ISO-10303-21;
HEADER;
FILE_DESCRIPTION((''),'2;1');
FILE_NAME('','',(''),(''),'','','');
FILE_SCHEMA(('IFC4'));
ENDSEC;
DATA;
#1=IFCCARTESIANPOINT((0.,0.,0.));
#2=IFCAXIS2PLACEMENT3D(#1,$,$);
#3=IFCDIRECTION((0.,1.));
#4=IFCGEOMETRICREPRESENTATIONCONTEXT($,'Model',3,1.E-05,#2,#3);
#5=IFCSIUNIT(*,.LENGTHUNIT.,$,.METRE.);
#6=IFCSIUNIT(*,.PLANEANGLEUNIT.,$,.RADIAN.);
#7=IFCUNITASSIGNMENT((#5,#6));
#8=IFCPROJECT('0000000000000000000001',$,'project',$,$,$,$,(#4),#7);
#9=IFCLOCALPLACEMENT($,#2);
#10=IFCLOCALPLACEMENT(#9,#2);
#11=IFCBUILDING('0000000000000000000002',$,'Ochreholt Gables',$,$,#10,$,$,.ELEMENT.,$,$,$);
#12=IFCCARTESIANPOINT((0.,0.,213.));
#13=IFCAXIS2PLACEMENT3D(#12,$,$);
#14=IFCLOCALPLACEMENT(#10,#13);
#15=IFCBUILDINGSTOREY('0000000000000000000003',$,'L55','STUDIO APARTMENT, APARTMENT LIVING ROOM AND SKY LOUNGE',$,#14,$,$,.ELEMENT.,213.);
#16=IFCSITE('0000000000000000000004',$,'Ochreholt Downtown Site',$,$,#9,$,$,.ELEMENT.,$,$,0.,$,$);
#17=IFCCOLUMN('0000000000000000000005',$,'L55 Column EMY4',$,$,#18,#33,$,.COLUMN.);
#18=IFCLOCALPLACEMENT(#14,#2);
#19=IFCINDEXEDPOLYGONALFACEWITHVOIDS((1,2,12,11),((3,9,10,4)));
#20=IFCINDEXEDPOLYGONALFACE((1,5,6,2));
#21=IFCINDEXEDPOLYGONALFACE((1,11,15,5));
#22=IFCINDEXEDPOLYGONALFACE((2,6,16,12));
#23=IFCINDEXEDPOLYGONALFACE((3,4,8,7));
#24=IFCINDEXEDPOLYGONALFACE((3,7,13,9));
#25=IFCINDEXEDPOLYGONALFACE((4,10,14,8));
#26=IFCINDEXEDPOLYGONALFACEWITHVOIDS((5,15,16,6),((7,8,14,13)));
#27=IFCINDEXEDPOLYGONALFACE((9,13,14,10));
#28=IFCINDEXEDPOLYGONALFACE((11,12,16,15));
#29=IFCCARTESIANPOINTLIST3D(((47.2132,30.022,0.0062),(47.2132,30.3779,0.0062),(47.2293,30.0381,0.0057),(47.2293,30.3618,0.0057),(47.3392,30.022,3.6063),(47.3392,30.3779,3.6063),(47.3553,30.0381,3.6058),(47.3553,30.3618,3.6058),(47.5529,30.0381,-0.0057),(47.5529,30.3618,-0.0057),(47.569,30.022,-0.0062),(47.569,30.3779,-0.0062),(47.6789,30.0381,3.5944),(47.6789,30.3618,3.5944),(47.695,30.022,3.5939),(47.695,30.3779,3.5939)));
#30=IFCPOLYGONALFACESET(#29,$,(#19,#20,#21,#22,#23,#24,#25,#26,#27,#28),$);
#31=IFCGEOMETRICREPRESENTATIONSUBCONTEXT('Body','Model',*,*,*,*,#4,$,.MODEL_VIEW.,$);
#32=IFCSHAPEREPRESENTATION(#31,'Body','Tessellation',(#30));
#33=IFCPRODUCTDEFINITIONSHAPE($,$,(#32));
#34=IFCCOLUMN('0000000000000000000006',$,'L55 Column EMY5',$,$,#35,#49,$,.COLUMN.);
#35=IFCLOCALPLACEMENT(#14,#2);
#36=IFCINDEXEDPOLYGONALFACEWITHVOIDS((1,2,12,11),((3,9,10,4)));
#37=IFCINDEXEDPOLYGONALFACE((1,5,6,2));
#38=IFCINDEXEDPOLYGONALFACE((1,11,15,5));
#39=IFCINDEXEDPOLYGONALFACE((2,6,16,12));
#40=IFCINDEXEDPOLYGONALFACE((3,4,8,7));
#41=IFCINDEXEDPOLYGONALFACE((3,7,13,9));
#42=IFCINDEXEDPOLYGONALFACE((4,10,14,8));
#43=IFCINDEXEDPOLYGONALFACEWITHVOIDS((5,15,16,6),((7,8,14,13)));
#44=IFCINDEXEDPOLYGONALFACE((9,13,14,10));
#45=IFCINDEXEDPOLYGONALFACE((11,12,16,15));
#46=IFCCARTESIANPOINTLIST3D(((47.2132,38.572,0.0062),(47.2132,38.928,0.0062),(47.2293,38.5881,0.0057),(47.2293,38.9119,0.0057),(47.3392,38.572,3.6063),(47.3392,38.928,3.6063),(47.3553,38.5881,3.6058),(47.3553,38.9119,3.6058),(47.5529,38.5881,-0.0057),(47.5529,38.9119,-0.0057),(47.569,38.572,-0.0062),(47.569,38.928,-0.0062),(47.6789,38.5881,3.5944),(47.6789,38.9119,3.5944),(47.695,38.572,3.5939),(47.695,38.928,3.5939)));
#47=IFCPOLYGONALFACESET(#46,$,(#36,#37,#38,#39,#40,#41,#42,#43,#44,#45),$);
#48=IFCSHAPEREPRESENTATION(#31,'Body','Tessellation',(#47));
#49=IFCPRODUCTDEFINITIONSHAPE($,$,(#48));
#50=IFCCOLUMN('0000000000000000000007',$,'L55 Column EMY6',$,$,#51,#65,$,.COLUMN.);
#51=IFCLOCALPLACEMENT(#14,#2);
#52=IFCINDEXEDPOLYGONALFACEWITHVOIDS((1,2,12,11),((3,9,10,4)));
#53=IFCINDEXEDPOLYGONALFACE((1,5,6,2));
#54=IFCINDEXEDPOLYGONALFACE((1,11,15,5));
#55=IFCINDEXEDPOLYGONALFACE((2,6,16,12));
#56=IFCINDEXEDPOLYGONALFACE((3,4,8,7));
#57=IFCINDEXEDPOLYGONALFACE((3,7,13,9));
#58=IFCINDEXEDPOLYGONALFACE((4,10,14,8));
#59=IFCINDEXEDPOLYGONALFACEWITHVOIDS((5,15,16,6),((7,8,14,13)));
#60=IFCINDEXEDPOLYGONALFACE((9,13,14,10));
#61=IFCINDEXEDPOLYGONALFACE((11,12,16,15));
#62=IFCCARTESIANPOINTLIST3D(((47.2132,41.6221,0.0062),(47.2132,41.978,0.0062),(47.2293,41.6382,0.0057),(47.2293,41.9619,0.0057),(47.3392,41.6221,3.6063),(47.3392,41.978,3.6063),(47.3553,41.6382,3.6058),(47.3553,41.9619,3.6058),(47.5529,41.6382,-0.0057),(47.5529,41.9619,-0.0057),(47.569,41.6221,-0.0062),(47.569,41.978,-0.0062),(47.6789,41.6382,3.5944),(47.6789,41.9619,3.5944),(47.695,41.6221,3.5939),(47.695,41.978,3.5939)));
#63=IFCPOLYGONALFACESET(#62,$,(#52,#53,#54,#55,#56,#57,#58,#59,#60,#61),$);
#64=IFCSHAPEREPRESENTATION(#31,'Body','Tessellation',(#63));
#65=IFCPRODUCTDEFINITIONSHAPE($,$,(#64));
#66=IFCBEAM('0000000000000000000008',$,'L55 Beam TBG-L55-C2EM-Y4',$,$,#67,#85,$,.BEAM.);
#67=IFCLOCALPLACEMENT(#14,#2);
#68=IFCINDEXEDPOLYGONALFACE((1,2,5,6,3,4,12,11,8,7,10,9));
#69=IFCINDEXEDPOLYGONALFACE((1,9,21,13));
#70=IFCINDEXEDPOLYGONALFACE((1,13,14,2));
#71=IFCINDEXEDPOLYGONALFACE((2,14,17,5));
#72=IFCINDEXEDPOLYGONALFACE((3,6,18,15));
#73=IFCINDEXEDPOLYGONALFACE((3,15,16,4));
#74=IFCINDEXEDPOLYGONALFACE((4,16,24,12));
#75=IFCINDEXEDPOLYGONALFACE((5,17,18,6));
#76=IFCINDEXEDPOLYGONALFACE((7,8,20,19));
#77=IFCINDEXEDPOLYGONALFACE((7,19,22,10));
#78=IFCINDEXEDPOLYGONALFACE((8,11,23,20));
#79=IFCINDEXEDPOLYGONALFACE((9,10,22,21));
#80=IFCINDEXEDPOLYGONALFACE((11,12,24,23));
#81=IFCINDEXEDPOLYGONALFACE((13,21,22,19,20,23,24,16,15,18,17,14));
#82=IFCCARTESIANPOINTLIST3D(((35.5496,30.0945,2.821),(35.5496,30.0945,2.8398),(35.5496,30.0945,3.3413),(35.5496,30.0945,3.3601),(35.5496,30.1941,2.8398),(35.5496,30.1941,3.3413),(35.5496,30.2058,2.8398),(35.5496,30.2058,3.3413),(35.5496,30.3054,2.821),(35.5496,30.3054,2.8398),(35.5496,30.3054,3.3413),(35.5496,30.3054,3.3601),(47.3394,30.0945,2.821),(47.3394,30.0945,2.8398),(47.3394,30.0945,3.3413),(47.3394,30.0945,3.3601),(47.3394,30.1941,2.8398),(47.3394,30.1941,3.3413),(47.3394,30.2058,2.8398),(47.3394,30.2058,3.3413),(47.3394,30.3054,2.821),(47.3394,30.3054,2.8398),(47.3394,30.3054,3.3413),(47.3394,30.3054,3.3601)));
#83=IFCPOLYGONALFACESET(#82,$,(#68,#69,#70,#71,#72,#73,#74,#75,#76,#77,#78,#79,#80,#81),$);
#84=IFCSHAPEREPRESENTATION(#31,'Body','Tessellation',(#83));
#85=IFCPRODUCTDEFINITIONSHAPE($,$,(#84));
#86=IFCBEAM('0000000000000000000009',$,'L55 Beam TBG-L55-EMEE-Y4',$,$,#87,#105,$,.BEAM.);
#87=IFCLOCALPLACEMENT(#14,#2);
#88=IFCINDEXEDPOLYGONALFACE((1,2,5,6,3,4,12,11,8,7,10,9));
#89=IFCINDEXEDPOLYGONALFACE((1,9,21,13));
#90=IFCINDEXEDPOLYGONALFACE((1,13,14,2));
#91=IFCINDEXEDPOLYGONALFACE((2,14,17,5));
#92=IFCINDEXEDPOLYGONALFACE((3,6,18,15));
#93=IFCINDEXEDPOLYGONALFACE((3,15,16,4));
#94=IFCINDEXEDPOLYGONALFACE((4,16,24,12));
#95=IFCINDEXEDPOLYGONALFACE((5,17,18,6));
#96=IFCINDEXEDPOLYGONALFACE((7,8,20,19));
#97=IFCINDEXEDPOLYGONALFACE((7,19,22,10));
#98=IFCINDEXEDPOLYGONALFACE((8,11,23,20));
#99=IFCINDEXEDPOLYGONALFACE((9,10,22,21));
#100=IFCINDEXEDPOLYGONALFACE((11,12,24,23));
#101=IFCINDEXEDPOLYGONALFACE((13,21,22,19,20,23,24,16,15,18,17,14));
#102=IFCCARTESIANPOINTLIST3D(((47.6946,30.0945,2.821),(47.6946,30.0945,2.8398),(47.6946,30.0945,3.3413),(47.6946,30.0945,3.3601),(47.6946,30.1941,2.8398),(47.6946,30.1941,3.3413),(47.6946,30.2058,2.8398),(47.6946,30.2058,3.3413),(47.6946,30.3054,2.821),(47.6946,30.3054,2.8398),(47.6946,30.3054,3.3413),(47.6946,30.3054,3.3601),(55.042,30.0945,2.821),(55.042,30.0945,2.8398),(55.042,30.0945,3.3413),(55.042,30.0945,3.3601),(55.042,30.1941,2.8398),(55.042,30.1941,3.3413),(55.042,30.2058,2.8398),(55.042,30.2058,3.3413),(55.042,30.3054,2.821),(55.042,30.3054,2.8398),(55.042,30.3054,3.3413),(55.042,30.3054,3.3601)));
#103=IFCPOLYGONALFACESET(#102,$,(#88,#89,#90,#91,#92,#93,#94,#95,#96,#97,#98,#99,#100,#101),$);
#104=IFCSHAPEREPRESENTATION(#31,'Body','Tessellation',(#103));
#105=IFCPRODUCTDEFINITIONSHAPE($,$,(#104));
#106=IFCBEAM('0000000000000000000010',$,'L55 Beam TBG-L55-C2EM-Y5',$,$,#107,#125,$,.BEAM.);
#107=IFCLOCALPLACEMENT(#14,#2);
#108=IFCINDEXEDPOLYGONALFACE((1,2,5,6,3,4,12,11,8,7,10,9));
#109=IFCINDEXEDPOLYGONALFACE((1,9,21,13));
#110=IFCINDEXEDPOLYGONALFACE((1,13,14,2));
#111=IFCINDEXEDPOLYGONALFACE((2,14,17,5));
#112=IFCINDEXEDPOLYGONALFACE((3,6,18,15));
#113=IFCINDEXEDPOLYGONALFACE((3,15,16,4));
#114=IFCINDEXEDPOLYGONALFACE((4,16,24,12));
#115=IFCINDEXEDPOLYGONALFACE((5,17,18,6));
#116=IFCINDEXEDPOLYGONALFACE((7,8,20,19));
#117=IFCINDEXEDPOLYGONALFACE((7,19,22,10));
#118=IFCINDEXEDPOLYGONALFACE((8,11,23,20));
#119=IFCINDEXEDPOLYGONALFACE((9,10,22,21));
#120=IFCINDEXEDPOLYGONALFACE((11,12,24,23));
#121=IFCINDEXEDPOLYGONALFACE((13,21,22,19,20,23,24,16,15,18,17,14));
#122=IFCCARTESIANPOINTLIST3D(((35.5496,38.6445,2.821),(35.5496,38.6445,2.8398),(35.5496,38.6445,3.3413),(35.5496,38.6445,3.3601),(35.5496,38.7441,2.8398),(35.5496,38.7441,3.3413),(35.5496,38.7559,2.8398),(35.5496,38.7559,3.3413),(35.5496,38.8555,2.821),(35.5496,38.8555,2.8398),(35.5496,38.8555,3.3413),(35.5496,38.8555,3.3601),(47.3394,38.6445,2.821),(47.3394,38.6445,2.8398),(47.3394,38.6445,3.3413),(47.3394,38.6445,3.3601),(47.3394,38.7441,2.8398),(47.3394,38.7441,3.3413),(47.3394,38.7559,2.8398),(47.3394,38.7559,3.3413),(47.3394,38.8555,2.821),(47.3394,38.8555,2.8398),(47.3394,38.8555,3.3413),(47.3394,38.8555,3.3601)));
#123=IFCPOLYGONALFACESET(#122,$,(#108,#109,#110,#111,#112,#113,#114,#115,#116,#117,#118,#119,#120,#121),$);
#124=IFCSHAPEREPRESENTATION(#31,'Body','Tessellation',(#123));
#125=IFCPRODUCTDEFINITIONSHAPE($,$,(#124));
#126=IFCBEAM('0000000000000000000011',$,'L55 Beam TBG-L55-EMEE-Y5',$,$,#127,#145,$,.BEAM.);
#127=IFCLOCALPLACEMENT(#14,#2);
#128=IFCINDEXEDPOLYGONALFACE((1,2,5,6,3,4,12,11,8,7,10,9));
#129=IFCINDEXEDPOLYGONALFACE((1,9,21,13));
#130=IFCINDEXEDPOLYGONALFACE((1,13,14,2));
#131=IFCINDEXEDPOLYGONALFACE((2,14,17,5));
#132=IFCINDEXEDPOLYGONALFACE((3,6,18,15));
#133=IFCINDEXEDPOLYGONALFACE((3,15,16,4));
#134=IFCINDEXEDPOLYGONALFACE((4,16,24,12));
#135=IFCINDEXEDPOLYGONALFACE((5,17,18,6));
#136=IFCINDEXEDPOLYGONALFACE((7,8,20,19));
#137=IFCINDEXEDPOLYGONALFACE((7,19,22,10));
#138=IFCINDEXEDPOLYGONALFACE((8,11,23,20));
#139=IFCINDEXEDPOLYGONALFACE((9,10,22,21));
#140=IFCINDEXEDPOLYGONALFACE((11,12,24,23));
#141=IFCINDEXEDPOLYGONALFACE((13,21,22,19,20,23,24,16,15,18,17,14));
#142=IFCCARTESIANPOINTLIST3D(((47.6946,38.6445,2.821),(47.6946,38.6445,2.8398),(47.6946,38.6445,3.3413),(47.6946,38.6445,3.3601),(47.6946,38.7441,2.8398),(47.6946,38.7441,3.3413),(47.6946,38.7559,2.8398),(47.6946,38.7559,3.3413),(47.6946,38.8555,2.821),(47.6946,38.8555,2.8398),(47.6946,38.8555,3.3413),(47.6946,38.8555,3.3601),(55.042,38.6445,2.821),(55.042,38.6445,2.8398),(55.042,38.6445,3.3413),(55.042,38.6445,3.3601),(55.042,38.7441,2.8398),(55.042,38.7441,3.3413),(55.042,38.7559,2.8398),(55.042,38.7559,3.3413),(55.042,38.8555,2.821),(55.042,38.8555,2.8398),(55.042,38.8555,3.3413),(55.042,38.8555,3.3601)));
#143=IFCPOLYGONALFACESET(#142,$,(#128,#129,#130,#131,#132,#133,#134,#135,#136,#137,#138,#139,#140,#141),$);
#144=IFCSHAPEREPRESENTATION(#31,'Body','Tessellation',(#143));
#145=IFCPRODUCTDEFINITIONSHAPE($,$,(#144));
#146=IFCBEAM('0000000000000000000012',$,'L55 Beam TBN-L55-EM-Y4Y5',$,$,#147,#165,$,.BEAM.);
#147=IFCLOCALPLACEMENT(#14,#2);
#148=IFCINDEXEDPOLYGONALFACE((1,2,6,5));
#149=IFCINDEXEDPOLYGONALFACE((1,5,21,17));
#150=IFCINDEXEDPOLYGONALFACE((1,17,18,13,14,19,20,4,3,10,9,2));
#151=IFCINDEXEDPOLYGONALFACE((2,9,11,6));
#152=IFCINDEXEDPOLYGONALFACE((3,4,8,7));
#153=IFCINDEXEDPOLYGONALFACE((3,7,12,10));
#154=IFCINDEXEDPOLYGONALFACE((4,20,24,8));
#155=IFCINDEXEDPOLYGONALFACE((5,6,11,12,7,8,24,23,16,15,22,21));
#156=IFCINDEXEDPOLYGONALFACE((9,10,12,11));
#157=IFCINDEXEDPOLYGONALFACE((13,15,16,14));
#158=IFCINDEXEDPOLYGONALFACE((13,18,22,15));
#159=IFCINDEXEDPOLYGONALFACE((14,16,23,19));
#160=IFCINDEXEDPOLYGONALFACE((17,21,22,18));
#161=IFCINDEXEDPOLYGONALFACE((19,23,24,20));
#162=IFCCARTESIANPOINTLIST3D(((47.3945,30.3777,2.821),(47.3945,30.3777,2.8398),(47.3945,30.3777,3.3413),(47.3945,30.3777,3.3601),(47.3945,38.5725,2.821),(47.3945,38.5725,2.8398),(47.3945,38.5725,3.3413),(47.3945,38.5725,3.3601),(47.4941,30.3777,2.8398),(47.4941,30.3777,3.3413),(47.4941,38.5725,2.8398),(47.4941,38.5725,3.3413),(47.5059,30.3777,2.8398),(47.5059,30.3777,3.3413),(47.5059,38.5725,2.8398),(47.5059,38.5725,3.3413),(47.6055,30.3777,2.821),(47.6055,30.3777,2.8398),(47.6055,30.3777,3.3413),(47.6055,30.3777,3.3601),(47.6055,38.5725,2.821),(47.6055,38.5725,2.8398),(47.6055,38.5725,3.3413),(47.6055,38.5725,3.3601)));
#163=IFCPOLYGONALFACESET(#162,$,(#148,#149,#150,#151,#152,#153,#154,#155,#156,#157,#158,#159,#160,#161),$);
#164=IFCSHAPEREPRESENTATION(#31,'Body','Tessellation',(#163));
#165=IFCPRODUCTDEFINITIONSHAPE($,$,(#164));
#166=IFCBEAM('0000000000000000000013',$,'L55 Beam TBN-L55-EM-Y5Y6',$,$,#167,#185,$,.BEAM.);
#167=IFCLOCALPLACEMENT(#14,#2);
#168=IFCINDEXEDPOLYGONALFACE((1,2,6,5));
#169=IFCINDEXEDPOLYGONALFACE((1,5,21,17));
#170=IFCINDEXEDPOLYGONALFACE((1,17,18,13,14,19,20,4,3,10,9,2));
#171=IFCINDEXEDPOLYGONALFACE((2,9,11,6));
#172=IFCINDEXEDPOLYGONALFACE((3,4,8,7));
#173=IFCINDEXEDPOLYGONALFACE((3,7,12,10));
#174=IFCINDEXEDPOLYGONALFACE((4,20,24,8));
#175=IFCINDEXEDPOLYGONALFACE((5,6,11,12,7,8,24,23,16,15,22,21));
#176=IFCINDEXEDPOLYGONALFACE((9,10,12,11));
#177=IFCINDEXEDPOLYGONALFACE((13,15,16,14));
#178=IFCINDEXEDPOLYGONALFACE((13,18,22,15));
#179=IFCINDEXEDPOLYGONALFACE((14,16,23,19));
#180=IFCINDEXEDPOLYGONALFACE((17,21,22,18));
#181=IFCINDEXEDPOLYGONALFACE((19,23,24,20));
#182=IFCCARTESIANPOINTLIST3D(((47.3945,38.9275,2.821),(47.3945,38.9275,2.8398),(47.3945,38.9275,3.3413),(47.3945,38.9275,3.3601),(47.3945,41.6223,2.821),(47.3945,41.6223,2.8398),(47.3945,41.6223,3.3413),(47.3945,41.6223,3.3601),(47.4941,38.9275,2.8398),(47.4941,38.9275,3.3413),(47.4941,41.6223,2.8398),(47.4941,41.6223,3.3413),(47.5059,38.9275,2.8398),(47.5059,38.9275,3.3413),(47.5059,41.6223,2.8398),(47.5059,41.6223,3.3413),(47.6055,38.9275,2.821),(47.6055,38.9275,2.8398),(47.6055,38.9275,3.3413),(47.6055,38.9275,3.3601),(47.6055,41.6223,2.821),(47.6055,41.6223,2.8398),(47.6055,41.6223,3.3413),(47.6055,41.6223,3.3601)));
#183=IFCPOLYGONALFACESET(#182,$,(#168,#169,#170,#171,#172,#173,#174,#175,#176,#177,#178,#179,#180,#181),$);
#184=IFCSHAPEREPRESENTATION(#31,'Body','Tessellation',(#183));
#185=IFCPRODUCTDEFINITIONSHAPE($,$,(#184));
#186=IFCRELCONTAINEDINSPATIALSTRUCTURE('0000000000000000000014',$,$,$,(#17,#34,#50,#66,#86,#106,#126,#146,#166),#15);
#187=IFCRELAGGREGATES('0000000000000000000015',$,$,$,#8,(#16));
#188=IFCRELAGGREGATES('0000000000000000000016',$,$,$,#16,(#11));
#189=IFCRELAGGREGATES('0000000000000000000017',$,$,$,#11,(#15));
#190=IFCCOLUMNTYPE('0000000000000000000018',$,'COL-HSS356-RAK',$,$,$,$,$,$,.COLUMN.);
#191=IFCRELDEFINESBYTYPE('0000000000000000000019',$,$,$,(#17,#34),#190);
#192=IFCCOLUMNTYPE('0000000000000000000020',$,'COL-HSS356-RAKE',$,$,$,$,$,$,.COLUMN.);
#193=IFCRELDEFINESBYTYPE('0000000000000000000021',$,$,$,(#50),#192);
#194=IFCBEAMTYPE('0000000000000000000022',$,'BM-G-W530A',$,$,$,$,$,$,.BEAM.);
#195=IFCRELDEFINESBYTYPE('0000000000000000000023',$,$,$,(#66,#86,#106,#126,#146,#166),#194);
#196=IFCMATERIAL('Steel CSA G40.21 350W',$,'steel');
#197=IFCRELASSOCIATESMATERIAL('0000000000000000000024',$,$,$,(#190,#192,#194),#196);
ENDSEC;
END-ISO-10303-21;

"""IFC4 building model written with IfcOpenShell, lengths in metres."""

from ifc_helpers import new_model, si_unit, direction, frame, origin, origin_2d, place, context, subcontext, project, spatial, hollow_rectangle, i_section, extrude, material, material_profile, profile_set, type_object, element, save


model = new_model("IFC4")

# Units and contexts
model_context = context("Model", 3, precision=1e-05, world=origin(), true_north=direction((0.0, 1.0)))
body_context = subcontext(model_context, "Body", "Model", "MODEL_VIEW")
ifc_project = project(units=[si_unit("LENGTHUNIT", "METRE"), si_unit("PLANEANGLEUNIT", "RADIAN")], contexts=[model_context])

# Site, building, storey
site_placement = place(None, origin())
site = spatial("IfcSite", under=ifc_project, at=site_placement, Name="Ochreholt Downtown Site", CompositionType="ELEMENT", RefElevation=0.0)
building_placement = place(site_placement, origin())
building = spatial("IfcBuilding", under=site, at=building_placement, Name="Ochreholt Gables", CompositionType="ELEMENT")
storey_placement = place(building_placement, frame((0.0, 0.0, 213.0)))
storey = spatial("IfcBuildingStorey", under=building, at=storey_placement, Name="L55", Description="STUDIO APARTMENT, APARTMENT LIVING ROOM AND SKY LOUNGE", CompositionType="ELEMENT", Elevation=213.0)

# Columns
ifc_material_1 = material(Name="Steel CSA G40.21 350W", Category="steel")
ifc_material_profile_1 = material_profile(ifc_material_1, hollow_rectangle(XDim=0.356, YDim=0.356, WallThickness=0.0161, at=origin_2d()), Name="HSS356X356X16")
ifc_profile_set_1 = profile_set([ifc_material_profile_1], Name="Steel CSA G40.21 350W")
column_type_1 = type_object("IfcColumnType", Name="COL-HSS356-RAK", PredefinedType="COLUMN", material=ifc_profile_set_1)
for number, where, z_axis, x_axis, name in (
    (1, (47.3911, 30.2, 0.0), (0.034971, 0.0, 0.999388), (0.0, 1.0, 0.0), "L55 Column EMY4"),
    (2, (47.3911, 38.75, 0.0), (0.034971, 0.0, 0.999388), (0.0, 1.0, 0.0), "L55 Column EMY5"),
):
    element("IfcColumn", number, at=place(storey_placement, frame(where, z_axis=z_axis, x_axis=x_axis)), inside=storey, type_object=column_type_1, Name=name, PredefinedType="COLUMN", context=body_context, shape_type="SweptSolid", body=[
        extrude(hollow_rectangle(XDim=0.356, YDim=0.356, WallThickness=0.0161, at=origin_2d()), origin(), (0.0, 0.0, 1.0), 3.6023),
    ])
ifc_material_profile_2 = material_profile(ifc_material_1, hollow_rectangle(XDim=0.356, YDim=0.356, WallThickness=0.0161, at=origin_2d()), Name="HSS356X356X16")
ifc_profile_set_2 = profile_set([ifc_material_profile_2], Name="Steel CSA G40.21 350W")
column_type_2 = type_object("IfcColumnType", Name="COL-HSS356-RAKE", PredefinedType="COLUMN", material=ifc_profile_set_2)
column_placement = place(storey_placement, frame((47.3911, 41.8, 0.0), z_axis=(0.034971, 0.0, 0.999388), x_axis=(0.0, 1.0, 0.0)))
element("IfcColumn", 3, at=column_placement, inside=storey, type_object=column_type_2, Name="L55 Column EMY6", PredefinedType="COLUMN", context=body_context, shape_type="SweptSolid", body=[
    extrude(hollow_rectangle(XDim=0.356, YDim=0.356, WallThickness=0.0161, at=origin_2d()), origin(), (0.0, 0.0, 1.0), 3.6023),
])

# Beams
ifc_material_profile_3 = material_profile(ifc_material_1, i_section(OverallWidth=0.2109, OverallDepth=0.5391, WebThickness=0.0117, FlangeThickness=0.0188, at=origin_2d()), Name="W530X109")
ifc_profile_set_3 = profile_set([ifc_material_profile_3], Name="Steel CSA G40.21 350W")
beam_type_1 = type_object("IfcBeamType", Name="BM-G-W530A", PredefinedType="BEAM", material=ifc_profile_set_3)
beam_1_placement = place(storey_placement, frame((35.5496, 30.2, 3.0906), z_axis=(1.0, 0.0, 0.0), x_axis=(0.0, 1.0, 0.0)))
element("IfcBeam", 4, at=beam_1_placement, inside=storey, type_object=beam_type_1, Name="L55 Beam TBG-L55-C2EM-Y4", PredefinedType="BEAM", context=body_context, shape_type="SweptSolid", body=[
    extrude(i_section(OverallWidth=0.2109, OverallDepth=0.5391, WebThickness=0.0117, FlangeThickness=0.0188, at=origin_2d()), origin(), (0.0, 0.0, 1.0), 11.7898),
])
beam_2_placement = place(storey_placement, frame((47.6946, 30.2, 3.0906), z_axis=(1.0, 0.0, 0.0), x_axis=(0.0, 1.0, 0.0)))
element("IfcBeam", 5, at=beam_2_placement, inside=storey, type_object=beam_type_1, Name="L55 Beam TBG-L55-EMEE-Y4", PredefinedType="BEAM", context=body_context, shape_type="SweptSolid", body=[
    extrude(i_section(OverallWidth=0.2109, OverallDepth=0.5391, WebThickness=0.0117, FlangeThickness=0.0188, at=origin_2d()), origin(), (0.0, 0.0, 1.0), 7.3474),
])
beam_3_placement = place(storey_placement, frame((35.5496, 38.75, 3.0906), z_axis=(1.0, 0.0, 0.0), x_axis=(0.0, 1.0, 0.0)))
element("IfcBeam", 6, at=beam_3_placement, inside=storey, type_object=beam_type_1, Name="L55 Beam TBG-L55-C2EM-Y5", PredefinedType="BEAM", context=body_context, shape_type="SweptSolid", body=[
    extrude(i_section(OverallWidth=0.2109, OverallDepth=0.5391, WebThickness=0.0117, FlangeThickness=0.0188, at=origin_2d()), origin(), (0.0, 0.0, 1.0), 11.7898),
])
beam_4_placement = place(storey_placement, frame((47.6946, 38.75, 3.0906), z_axis=(1.0, 0.0, 0.0), x_axis=(0.0, 1.0, 0.0)))
element("IfcBeam", 7, at=beam_4_placement, inside=storey, type_object=beam_type_1, Name="L55 Beam TBG-L55-EMEE-Y5", PredefinedType="BEAM", context=body_context, shape_type="SweptSolid", body=[
    extrude(i_section(OverallWidth=0.2109, OverallDepth=0.5391, WebThickness=0.0117, FlangeThickness=0.0188, at=origin_2d()), origin(), (0.0, 0.0, 1.0), 7.3474),
])
beam_5_placement = place(storey_placement, frame((47.5, 30.3777, 3.0906), z_axis=(0.0, 1.0, 0.0), x_axis=(-1.0, 0.0, 0.0)))
element("IfcBeam", 8, at=beam_5_placement, inside=storey, type_object=beam_type_1, Name="L55 Beam TBN-L55-EM-Y4Y5", PredefinedType="BEAM", context=body_context, shape_type="SweptSolid", body=[
    extrude(i_section(OverallWidth=0.2109, OverallDepth=0.5391, WebThickness=0.0117, FlangeThickness=0.0188, at=origin_2d()), origin(), (0.0, 0.0, 1.0), 8.1948),
])
beam_6_placement = place(storey_placement, frame((47.5, 38.9275, 3.0906), z_axis=(0.0, 1.0, 0.0), x_axis=(-1.0, 0.0, 0.0)))
element("IfcBeam", 9, at=beam_6_placement, inside=storey, type_object=beam_type_1, Name="L55 Beam TBN-L55-EM-Y5Y6", PredefinedType="BEAM", context=body_context, shape_type="SweptSolid", body=[
    extrude(i_section(OverallWidth=0.2109, OverallDepth=0.5391, WebThickness=0.0117, FlangeThickness=0.0188, at=origin_2d()), origin(), (0.0, 0.0, 1.0), 2.6948),
])

save(model, "model.ifc")
